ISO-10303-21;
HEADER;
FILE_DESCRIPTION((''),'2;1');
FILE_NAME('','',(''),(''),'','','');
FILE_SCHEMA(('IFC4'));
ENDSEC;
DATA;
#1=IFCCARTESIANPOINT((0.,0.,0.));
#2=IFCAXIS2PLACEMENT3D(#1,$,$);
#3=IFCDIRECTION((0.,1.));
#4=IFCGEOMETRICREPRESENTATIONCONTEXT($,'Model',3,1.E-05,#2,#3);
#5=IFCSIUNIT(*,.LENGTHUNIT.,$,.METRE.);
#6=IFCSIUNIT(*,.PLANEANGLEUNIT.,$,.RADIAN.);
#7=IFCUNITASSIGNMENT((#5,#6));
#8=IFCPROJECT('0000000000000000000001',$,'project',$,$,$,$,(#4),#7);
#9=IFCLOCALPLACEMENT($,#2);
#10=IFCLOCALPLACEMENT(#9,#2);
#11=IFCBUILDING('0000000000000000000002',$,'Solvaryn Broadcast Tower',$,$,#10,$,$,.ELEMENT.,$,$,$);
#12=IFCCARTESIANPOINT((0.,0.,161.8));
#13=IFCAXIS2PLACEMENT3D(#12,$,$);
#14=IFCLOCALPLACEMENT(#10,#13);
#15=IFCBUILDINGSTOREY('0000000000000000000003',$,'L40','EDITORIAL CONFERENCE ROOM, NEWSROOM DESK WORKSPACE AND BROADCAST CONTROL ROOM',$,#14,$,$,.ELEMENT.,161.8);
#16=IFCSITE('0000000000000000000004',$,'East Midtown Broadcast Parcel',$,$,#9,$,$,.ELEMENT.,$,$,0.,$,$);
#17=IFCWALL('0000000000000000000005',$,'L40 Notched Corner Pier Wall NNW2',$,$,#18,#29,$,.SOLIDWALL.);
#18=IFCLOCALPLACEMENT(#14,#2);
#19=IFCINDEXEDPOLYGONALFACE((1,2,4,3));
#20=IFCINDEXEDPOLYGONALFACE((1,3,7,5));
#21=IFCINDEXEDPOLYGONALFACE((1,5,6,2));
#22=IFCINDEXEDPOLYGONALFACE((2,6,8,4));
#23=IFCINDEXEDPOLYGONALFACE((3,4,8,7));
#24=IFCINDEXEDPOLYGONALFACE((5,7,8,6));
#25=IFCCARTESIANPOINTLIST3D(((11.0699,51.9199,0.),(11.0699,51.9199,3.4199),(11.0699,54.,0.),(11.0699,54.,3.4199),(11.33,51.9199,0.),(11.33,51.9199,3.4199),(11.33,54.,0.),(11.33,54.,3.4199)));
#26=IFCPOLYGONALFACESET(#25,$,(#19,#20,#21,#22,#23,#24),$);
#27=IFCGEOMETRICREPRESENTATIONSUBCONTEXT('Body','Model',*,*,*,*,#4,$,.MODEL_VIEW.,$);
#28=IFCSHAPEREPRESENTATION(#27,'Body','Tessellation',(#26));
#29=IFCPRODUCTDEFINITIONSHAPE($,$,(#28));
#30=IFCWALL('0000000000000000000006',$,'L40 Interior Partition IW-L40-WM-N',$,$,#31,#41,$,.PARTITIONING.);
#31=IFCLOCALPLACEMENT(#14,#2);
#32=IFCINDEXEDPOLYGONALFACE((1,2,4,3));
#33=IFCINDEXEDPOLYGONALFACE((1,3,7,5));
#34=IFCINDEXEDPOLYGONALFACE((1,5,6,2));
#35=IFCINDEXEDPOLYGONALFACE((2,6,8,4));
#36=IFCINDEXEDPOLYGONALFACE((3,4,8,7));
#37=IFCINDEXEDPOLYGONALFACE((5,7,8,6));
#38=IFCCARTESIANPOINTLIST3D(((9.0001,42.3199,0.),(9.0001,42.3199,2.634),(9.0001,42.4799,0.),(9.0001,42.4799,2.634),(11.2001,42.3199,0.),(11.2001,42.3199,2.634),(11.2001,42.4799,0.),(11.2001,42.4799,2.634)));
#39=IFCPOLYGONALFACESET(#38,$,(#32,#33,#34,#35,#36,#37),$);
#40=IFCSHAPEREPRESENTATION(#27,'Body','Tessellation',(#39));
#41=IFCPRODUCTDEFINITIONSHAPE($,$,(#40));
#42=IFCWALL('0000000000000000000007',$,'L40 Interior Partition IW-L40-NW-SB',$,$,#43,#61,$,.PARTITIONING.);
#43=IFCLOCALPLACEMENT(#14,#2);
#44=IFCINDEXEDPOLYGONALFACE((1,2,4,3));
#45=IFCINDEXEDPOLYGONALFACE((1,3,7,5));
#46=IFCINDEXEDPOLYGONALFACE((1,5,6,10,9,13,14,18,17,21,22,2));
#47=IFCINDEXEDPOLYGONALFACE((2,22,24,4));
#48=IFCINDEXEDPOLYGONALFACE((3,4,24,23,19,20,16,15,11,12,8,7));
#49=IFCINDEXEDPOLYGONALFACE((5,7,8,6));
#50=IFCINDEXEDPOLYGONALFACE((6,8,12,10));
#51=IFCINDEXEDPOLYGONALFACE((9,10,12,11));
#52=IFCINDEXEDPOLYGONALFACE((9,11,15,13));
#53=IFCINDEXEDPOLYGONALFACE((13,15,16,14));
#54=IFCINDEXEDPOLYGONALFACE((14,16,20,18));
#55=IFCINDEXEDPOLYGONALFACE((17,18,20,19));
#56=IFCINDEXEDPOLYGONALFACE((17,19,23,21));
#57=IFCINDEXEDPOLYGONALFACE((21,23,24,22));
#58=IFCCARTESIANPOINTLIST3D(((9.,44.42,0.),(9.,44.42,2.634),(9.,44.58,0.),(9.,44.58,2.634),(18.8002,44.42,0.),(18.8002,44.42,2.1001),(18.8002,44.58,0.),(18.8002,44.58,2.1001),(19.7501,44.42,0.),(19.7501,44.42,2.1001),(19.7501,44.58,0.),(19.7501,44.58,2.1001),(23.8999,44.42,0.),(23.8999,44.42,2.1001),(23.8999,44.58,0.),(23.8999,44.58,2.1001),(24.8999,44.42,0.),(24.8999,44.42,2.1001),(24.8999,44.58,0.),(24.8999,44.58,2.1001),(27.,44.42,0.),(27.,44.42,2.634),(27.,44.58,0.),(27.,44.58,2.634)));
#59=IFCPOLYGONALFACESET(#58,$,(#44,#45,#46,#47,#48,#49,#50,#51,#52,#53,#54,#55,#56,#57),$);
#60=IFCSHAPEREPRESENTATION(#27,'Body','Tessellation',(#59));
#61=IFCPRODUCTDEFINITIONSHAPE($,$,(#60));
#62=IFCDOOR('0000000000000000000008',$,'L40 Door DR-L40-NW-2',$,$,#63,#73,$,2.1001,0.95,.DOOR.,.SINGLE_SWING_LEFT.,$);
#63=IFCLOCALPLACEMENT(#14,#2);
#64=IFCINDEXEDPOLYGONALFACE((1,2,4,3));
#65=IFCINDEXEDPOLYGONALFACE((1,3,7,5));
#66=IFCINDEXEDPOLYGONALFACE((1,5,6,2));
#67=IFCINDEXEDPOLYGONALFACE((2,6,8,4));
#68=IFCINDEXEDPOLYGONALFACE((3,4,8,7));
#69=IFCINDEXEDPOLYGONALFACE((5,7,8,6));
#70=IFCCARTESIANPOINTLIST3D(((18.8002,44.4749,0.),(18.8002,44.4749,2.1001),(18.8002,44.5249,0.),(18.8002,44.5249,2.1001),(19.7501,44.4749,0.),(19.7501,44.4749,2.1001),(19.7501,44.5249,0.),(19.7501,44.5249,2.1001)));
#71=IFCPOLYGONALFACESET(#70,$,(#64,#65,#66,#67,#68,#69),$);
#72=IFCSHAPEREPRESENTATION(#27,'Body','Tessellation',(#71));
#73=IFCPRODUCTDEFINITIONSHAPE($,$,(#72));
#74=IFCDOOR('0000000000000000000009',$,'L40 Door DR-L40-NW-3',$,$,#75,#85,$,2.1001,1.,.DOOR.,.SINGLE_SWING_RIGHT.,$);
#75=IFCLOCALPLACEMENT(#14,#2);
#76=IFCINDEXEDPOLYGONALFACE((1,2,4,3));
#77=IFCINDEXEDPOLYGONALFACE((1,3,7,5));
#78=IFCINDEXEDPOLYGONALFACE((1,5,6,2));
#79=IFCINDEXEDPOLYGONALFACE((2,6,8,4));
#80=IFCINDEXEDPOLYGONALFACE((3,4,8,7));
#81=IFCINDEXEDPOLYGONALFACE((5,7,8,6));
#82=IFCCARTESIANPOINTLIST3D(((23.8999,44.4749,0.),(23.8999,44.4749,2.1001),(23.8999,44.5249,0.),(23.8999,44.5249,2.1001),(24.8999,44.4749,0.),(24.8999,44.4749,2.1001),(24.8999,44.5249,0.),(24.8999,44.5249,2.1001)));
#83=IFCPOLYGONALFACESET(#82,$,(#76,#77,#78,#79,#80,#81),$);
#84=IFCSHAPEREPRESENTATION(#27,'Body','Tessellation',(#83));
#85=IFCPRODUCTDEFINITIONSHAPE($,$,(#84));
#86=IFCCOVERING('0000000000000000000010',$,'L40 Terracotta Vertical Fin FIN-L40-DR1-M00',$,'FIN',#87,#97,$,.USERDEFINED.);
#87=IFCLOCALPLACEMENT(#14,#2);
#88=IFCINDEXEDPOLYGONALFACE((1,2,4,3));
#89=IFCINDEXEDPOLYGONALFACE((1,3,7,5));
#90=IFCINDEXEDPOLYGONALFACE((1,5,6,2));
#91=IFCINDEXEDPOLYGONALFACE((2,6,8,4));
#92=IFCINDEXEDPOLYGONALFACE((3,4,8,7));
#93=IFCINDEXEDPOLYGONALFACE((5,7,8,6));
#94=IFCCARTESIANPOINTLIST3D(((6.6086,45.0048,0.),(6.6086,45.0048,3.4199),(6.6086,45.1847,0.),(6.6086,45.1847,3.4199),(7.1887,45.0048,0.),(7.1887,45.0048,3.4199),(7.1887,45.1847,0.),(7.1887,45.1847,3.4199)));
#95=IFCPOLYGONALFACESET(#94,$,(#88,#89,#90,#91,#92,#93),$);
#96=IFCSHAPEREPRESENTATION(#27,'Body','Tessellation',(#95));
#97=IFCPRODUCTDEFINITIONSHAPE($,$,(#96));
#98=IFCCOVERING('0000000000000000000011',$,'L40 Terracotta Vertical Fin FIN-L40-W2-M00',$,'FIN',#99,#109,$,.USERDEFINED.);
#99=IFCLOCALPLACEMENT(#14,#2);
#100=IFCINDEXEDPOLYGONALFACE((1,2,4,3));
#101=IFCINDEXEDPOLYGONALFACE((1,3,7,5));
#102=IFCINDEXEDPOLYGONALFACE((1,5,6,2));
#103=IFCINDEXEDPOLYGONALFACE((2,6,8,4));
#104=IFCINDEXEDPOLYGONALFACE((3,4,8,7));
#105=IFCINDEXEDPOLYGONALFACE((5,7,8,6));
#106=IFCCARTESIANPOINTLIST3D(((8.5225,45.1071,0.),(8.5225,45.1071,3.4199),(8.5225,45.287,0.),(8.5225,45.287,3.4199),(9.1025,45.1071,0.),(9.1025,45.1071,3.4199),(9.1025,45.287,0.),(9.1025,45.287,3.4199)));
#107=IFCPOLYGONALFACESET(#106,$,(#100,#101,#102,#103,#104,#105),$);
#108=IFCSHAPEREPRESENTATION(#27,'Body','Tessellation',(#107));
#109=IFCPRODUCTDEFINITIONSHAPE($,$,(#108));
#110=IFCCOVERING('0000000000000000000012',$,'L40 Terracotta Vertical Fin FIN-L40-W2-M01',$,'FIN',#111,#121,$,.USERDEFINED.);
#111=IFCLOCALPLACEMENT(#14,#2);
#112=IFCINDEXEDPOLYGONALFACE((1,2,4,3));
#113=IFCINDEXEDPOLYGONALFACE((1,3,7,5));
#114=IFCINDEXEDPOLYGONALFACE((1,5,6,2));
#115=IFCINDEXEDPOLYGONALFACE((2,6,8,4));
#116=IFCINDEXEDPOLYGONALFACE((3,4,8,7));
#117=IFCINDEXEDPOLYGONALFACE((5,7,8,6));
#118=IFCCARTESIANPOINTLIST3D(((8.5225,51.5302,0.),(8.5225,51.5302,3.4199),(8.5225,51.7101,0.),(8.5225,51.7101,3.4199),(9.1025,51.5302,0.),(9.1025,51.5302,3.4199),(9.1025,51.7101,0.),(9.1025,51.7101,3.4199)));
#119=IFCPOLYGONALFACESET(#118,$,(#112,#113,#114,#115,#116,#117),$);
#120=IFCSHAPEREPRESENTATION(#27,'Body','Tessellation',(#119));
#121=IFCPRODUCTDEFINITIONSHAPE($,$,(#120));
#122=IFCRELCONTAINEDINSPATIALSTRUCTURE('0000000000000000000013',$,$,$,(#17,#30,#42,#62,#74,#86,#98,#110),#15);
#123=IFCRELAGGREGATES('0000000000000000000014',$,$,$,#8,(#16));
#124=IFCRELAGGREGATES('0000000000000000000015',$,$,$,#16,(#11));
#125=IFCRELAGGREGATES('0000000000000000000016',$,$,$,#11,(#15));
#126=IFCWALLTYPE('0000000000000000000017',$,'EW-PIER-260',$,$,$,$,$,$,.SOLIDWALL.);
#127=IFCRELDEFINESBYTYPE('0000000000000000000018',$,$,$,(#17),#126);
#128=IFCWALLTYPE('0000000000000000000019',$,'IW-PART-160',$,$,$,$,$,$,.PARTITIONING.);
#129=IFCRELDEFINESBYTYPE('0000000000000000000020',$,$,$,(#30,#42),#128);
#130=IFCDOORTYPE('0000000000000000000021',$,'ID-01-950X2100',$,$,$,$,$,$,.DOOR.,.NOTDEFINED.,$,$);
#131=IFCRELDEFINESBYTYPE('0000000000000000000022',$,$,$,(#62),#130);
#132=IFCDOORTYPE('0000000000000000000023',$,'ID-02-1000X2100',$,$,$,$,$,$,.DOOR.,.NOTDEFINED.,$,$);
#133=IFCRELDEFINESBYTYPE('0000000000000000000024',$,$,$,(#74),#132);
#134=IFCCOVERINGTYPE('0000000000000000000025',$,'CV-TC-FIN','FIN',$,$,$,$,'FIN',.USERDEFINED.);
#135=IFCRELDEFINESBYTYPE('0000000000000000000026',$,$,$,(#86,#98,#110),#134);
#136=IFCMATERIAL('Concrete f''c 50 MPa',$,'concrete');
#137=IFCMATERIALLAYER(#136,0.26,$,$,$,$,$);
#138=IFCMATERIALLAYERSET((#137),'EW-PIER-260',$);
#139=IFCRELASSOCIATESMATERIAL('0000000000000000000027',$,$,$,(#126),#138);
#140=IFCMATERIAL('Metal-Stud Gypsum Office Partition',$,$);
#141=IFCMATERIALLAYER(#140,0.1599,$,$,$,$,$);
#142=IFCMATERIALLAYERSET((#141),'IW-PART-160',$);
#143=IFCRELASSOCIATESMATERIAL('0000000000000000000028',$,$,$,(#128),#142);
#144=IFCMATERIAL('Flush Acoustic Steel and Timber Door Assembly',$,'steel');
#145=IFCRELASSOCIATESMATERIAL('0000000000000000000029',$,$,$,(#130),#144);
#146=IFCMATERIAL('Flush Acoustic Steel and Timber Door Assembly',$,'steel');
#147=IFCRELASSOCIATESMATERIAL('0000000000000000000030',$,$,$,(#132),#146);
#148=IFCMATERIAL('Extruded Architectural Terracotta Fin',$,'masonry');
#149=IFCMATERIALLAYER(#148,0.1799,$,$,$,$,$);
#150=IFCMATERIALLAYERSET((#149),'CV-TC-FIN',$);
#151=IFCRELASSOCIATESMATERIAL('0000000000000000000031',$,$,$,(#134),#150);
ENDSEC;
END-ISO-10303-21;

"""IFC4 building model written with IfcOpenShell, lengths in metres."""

from ifc_helpers import new_model, si_unit, direction, frame, frame_2d, origin, origin_2d, place, context, subcontext, project, spatial, rectangle, extrude, material, layer, layer_set, type_object, element, fill, save


model = new_model("IFC4")

# Units and contexts
model_context = context("Model", 3, precision=1e-05, world=origin(), true_north=direction((0.0, 1.0)))
body_context = subcontext(model_context, "Body", "Model", "MODEL_VIEW")
ifc_project = project(units=[si_unit("LENGTHUNIT", "METRE"), si_unit("PLANEANGLEUNIT", "RADIAN")], contexts=[model_context])

# Site, building, storey
site_placement = place(None, origin())
site = spatial("IfcSite", under=ifc_project, at=site_placement, Name="East Midtown Broadcast Parcel", CompositionType="ELEMENT", RefElevation=0.0)
building_placement = place(site_placement, origin())
building = spatial("IfcBuilding", under=site, at=building_placement, Name="Solvaryn Broadcast Tower", CompositionType="ELEMENT")
storey_placement = place(building_placement, frame((0.0, 0.0, 161.8)))
storey = spatial("IfcBuildingStorey", under=building, at=storey_placement, Name="L40", Description="EDITORIAL CONFERENCE ROOM, NEWSROOM DESK WORKSPACE AND BROADCAST CONTROL ROOM", CompositionType="ELEMENT", Elevation=161.8)

# Walls
ifc_material_1 = material(Name="Concrete f'c 50 MPa", Category="concrete")
ifc_layer_1 = layer(ifc_material_1, 0.26)
ifc_layer_set_1 = layer_set([ifc_layer_1], Name="EW-PIER-260")
wall_type_1 = type_object("IfcWallType", Name="EW-PIER-260", PredefinedType="SOLIDWALL", material=ifc_layer_set_1)
wall_1_placement = place(storey_placement, frame((11.2, 51.9199, 0.0), z_axis=(0.0, 0.0, 1.0), x_axis=(0.0, 1.0, 0.0)))
element("IfcWall", 1, at=wall_1_placement, inside=storey, type_object=wall_type_1, Name="L40 Notched Corner Pier Wall NNW2", PredefinedType="SOLIDWALL", context=body_context, shape_type="SweptSolid", body=[
    extrude(rectangle(XDim=2.0801, YDim=0.26, at=frame_2d((1.04, 0.0))), origin(), (0.0, 0.0, 1.0), 3.4199),
])
ifc_material_2 = material(Name="Metal-Stud Gypsum Office Partition")
ifc_layer_2 = layer(ifc_material_2, 0.1599)
ifc_layer_set_2 = layer_set([ifc_layer_2], Name="IW-PART-160")
wall_type_2 = type_object("IfcWallType", Name="IW-PART-160", PredefinedType="PARTITIONING", material=ifc_layer_set_2)
wall_2_placement = place(storey_placement, frame((9.0, 42.3999, 0.0), z_axis=(0.0, 0.0, 1.0), x_axis=(1.0, 0.0, 0.0)))
element("IfcWall", 2, at=wall_2_placement, inside=storey, type_object=wall_type_2, Name="L40 Interior Partition IW-L40-WM-N", PredefinedType="PARTITIONING", context=body_context, shape_type="SweptSolid", body=[
    extrude(rectangle(XDim=2.2, YDim=0.1599, at=frame_2d((1.1001, 0.0))), origin(), (0.0, 0.0, 1.0), 2.634),
])

# Wall, openings, doors
wall_3_placement = place(storey_placement, frame((9.0, 44.5, 0.0), z_axis=(0.0, 0.0, 1.0), x_axis=(1.0, 0.0, 0.0)))
wall_3 = element("IfcWall", 3, at=wall_3_placement, inside=storey, type_object=wall_type_2, Name="L40 Interior Partition IW-L40-NW-SB", PredefinedType="PARTITIONING", context=body_context, shape_type="SweptSolid", body=[
    extrude(rectangle(XDim=18.0, YDim=0.1599, at=frame_2d((9.0, 0.0))), origin(), (0.0, 0.0, 1.0), 2.634),
])
opening_1_placement = place(wall_3_placement, frame((9.8, 0.0, 0.0)))
opening_1 = element("IfcOpeningElement", 4, at=opening_1_placement, cuts=wall_3, PredefinedType="OPENING", context=body_context, shape_type="SweptSolid", body=[
    extrude(rectangle(XDim=0.95, YDim=2.1001, at=frame_2d((0.4751, 1.05))), frame((0.0, 0.0901, 0.0), z_axis=(0.0, -1.0, 0.0), x_axis=(1.0, 0.0, 0.0)), (0.0, 0.0, 1.0), 0.1799),
])
opening_2_placement = place(wall_3_placement, frame((14.8999, 0.0, 0.0)))
opening_2 = element("IfcOpeningElement", 5, at=opening_2_placement, cuts=wall_3, PredefinedType="OPENING", context=body_context, shape_type="SweptSolid", body=[
    extrude(rectangle(XDim=1.0, YDim=2.1001, at=frame_2d((0.5, 1.05))), frame((0.0, 0.0901, 0.0), z_axis=(0.0, -1.0, 0.0), x_axis=(1.0, 0.0, 0.0)), (0.0, 0.0, 1.0), 0.1799),
])
ifc_material_3 = material(Name="Flush Acoustic Steel and Timber Door Assembly", Category="steel")
door_type_1 = type_object("IfcDoorType", Name="ID-01-950X2100", OperationType="NOTDEFINED", PredefinedType="DOOR", material=ifc_material_3)
door_1_placement = place(opening_1_placement, origin())
door_1 = element("IfcDoor", 6, at=door_1_placement, inside=storey, type_object=door_type_1, Name="L40 Door DR-L40-NW-2", OperationType="SINGLE_SWING_LEFT", OverallHeight=2.1001, OverallWidth=0.95, PredefinedType="DOOR", context=body_context, shape_type="SweptSolid", body=[
    extrude(rectangle(XDim=0.95, YDim=2.1001, at=frame_2d((0.4751, 1.05))), frame((0.0, 0.0249, 0.0), z_axis=(0.0, -1.0, 0.0), x_axis=(1.0, 0.0, 0.0)), (0.0, 0.0, 1.0), 0.05),
])
fill(opening_1, door_1)
ifc_material_4 = material(Name="Flush Acoustic Steel and Timber Door Assembly", Category="steel")
door_type_2 = type_object("IfcDoorType", Name="ID-02-1000X2100", OperationType="NOTDEFINED", PredefinedType="DOOR", material=ifc_material_4)
door_2_placement = place(opening_2_placement, origin())
door_2 = element("IfcDoor", 7, at=door_2_placement, inside=storey, type_object=door_type_2, Name="L40 Door DR-L40-NW-3", OperationType="SINGLE_SWING_RIGHT", OverallHeight=2.1001, OverallWidth=1.0, PredefinedType="DOOR", context=body_context, shape_type="SweptSolid", body=[
    extrude(rectangle(XDim=1.0, YDim=2.1001, at=frame_2d((0.5, 1.05))), frame((0.0, 0.0249, 0.0), z_axis=(0.0, -1.0, 0.0), x_axis=(1.0, 0.0, 0.0)), (0.0, 0.0, 1.0), 0.05),
])
fill(opening_2, door_2)

# Coverings
ifc_material_5 = material(Name="Extruded Architectural Terracotta Fin", Category="masonry")
ifc_layer_3 = layer(ifc_material_5, 0.1799)
ifc_layer_set_3 = layer_set([ifc_layer_3], Name="CV-TC-FIN")
covering_type = type_object("IfcCoveringType", Name="CV-TC-FIN", Description="FIN", ElementType="FIN", PredefinedType="USERDEFINED", material=ifc_layer_set_3)
for number, where, z_axis, x_axis, name in (
    (8, (6.8987, 45.0947, 0.0), (0.0, 0.0, 1.0), (1.0, 0.0, 0.0), "L40 Terracotta Vertical Fin FIN-L40-DR1-M00"),
    (9, (8.8125, 45.197, 0.0), (0.0, 0.0, 1.0), (1.0, 0.0, 0.0), "L40 Terracotta Vertical Fin FIN-L40-W2-M00"),
    (10, (8.8125, 51.6201, 0.0), (0.0, 0.0, 1.0), (1.0, 0.0, 0.0), "L40 Terracotta Vertical Fin FIN-L40-W2-M01"),
):
    element("IfcCovering", number, at=place(storey_placement, frame(where, z_axis=z_axis, x_axis=x_axis)), inside=storey, type_object=covering_type, Name=name, ObjectType="FIN", PredefinedType="USERDEFINED", context=body_context, shape_type="SweptSolid", body=[
        extrude(rectangle(XDim=0.5801, YDim=0.1799, at=origin_2d()), origin(), (0.0, 0.0, 1.0), 3.4199),
    ])

save(model, "model.ifc")
